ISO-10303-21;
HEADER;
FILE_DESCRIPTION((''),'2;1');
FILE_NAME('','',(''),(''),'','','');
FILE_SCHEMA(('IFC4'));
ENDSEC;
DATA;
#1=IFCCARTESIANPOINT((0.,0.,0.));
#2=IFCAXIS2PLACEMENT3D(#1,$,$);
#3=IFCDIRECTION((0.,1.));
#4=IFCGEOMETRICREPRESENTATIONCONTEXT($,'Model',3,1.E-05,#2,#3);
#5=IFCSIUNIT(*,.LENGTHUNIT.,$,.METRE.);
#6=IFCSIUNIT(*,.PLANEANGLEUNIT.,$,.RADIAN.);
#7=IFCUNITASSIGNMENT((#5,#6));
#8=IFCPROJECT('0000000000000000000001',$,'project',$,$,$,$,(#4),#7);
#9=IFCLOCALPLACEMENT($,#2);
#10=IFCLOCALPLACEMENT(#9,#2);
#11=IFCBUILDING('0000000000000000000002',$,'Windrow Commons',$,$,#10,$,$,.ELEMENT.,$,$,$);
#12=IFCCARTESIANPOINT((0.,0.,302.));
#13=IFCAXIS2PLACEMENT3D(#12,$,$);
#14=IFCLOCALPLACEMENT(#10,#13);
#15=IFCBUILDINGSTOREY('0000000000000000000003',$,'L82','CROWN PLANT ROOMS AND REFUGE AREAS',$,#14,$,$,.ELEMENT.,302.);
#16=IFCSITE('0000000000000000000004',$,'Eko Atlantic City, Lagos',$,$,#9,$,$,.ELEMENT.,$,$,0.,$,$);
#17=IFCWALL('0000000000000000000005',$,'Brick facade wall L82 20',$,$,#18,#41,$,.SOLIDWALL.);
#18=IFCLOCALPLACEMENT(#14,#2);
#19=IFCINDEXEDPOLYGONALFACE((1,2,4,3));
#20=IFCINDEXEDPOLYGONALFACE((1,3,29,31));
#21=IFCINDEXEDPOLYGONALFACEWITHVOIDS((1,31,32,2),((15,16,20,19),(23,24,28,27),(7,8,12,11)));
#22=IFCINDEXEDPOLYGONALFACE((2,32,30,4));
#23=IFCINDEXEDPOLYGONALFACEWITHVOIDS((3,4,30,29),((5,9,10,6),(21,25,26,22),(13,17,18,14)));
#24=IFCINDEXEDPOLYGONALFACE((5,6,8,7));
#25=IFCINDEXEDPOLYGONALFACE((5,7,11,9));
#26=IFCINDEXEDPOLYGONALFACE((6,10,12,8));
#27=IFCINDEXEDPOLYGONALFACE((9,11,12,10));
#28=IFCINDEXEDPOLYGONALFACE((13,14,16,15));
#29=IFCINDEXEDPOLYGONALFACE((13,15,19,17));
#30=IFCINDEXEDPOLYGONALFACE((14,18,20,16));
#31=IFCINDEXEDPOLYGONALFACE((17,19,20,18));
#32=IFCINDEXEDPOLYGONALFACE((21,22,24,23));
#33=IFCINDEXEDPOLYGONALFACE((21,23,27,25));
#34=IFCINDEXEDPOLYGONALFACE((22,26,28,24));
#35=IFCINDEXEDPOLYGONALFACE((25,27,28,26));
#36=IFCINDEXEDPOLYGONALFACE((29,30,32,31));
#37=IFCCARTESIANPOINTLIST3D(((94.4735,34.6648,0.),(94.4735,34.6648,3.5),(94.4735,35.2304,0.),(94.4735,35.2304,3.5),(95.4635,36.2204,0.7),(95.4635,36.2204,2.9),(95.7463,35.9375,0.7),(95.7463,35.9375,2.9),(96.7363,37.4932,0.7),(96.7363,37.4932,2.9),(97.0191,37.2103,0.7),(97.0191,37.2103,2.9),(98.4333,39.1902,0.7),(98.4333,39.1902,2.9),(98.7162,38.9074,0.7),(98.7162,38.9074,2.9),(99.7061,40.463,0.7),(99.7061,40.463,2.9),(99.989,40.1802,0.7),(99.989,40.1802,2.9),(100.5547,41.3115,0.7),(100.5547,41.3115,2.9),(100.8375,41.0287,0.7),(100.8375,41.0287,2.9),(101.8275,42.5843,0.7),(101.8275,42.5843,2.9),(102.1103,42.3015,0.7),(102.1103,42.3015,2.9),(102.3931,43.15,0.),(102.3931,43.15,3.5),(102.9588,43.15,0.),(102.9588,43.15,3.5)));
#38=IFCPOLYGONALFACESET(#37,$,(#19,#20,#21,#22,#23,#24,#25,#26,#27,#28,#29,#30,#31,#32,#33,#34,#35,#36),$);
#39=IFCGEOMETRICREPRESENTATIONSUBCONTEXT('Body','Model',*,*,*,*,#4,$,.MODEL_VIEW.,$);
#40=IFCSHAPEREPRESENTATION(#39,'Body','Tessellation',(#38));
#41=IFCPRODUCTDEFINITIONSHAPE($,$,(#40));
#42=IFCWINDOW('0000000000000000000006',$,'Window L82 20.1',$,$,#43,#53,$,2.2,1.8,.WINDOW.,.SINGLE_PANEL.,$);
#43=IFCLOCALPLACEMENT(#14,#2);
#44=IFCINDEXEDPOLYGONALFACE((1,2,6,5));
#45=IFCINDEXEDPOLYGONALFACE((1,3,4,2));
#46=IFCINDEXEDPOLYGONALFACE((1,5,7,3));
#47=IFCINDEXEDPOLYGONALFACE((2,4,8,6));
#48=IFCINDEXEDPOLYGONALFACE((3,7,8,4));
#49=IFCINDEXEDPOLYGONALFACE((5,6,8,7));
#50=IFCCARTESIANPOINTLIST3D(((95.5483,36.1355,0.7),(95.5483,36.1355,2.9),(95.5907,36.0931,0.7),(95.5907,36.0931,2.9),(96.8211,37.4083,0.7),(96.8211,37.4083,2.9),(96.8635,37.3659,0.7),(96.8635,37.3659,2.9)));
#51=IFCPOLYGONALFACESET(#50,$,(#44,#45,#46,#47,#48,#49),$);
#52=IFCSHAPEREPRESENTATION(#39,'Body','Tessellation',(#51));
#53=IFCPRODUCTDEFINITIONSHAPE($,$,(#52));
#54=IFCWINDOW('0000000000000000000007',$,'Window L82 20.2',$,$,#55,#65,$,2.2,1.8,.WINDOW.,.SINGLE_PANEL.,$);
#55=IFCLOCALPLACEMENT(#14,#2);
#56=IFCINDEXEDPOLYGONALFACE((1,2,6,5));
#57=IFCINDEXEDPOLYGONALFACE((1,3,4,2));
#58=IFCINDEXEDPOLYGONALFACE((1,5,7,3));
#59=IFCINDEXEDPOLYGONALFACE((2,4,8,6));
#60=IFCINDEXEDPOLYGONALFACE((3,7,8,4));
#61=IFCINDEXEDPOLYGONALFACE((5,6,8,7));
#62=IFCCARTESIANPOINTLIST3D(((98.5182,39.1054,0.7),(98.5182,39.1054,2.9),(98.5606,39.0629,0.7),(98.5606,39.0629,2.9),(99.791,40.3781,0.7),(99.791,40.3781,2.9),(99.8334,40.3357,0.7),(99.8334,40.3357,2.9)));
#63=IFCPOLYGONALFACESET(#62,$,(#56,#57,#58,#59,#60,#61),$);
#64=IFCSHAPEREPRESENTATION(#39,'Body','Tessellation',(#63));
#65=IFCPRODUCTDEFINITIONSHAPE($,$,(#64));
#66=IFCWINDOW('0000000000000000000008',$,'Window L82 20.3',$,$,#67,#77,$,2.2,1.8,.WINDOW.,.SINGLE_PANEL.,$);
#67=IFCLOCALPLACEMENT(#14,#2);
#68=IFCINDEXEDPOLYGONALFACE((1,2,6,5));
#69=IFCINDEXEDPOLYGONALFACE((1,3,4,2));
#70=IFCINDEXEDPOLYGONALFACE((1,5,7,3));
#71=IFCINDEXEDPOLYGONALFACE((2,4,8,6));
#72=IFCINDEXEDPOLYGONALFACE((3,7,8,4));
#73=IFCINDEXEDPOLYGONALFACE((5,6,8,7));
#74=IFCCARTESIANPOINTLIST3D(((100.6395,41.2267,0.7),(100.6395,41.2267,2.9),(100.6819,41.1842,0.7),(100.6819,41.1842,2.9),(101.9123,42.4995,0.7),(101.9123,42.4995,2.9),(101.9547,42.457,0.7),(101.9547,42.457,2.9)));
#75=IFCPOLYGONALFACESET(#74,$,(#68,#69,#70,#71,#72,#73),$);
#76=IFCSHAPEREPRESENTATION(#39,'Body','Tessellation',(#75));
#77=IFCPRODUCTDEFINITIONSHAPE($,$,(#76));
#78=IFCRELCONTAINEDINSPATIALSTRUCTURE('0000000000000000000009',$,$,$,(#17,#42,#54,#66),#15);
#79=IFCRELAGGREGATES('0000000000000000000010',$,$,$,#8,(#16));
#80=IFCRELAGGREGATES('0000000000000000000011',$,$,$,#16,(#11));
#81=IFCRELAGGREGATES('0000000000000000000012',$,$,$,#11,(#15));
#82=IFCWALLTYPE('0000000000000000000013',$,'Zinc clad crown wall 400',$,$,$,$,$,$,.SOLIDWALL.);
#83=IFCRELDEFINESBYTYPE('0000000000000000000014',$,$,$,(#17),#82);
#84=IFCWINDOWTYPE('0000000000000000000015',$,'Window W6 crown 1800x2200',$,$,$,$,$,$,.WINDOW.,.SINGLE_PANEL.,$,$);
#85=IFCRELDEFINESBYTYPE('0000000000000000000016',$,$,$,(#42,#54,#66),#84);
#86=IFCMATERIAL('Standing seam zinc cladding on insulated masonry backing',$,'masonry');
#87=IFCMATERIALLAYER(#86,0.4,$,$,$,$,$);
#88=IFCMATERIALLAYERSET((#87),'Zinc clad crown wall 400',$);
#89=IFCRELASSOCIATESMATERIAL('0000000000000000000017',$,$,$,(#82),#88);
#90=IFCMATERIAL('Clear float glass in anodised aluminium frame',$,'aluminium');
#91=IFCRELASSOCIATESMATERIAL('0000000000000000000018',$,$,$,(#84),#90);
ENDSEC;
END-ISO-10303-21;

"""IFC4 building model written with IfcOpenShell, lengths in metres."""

from ifc_helpers import new_model, si_unit, direction, frame, frame_2d, origin, place, context, subcontext, project, spatial, polyline, rectangle, outline, extrude, material, layer, layer_set, type_object, element, fill, save


model = new_model("IFC4")

# Units and contexts
model_context = context("Model", 3, precision=1e-05, world=origin(), true_north=direction((0.0, 1.0)))
body_context = subcontext(model_context, "Body", "Model", "MODEL_VIEW")
ifc_project = project(units=[si_unit("LENGTHUNIT", "METRE"), si_unit("PLANEANGLEUNIT", "RADIAN")], contexts=[model_context])

# Site, building, storey
site_placement = place(None, origin())
site = spatial("IfcSite", under=ifc_project, at=site_placement, Name="Eko Atlantic City, Lagos", CompositionType="ELEMENT", RefElevation=0.0)
building_placement = place(site_placement, origin())
building = spatial("IfcBuilding", under=site, at=building_placement, Name="Windrow Commons", CompositionType="ELEMENT")
storey_placement = place(building_placement, frame((0.0, 0.0, 302.0)))
storey = spatial("IfcBuildingStorey", under=building, at=storey_placement, Name="L82", Description="CROWN PLANT ROOMS AND REFUGE AREAS", CompositionType="ELEMENT", Elevation=302.0)

# Shared definitions
ifc_material_1 = material(Name="Standing seam zinc cladding on insulated masonry backing", Category="masonry")
ifc_layer_1 = layer(ifc_material_1, 0.4)
ifc_layer_set_1 = layer_set([ifc_layer_1], Name="Zinc clad crown wall 400")
wall_type_1 = type_object("IfcWallType", Name="Zinc clad crown wall 400", PredefinedType="SOLIDWALL", material=ifc_layer_set_1)
ifc_material_2 = material(Name="Clear float glass in anodised aluminium frame", Category="aluminium")
window_type = type_object("IfcWindowType", Name="Window W6 crown 1800x2200", PartitioningType="SINGLE_PANEL", PredefinedType="WINDOW", material=ifc_material_2)

# Wall, openings, windows
wall_1_placement = place(storey_placement, frame((94.4735, 34.9476, 0.0), z_axis=(0.0, 0.0, 1.0), x_axis=(0.707111, 0.707102, 0.0)))
wall_1 = element("IfcWall", 1, at=wall_1_placement, inside=storey, type_object=wall_type_1, Name="Brick facade wall L82 20", PredefinedType="SOLIDWALL", context=body_context, shape_type="SweptSolid", body=[
    extrude(outline(polyline([(-0.2, -0.2), (11.8, -0.2), (11.4, 0.2), (0.2, 0.2), (-0.2, -0.2)])), origin(), (0.0, 0.0, 1.0), 3.5),
])
opening_1_placement = place(wall_1_placement, frame((1.6, 0.0, 0.7)))
opening_1 = element("IfcOpeningElement", 2, at=opening_1_placement, cuts=wall_1, PredefinedType="OPENING", context=body_context, shape_type="SweptSolid", body=[
    extrude(rectangle(XDim=1.8, YDim=2.2, at=frame_2d((0.9, 1.1))), frame((0.0, 0.21, 0.0), z_axis=(0.0, -1.0, 0.0), x_axis=(1.0, 0.0, 0.0)), (0.0, 0.0, 1.0), 0.42),
])
opening_2_placement = place(wall_1_placement, frame((5.8, 0.0, 0.7)))
opening_2 = element("IfcOpeningElement", 3, at=opening_2_placement, cuts=wall_1, PredefinedType="OPENING", context=body_context, shape_type="SweptSolid", body=[
    extrude(rectangle(XDim=1.8, YDim=2.2, at=frame_2d((0.9, 1.1))), frame((0.0, 0.21, 0.0), z_axis=(0.0, -1.0, 0.0), x_axis=(1.0, 0.0, 0.0)), (0.0, 0.0, 1.0), 0.42),
])
opening_3_placement = place(wall_1_placement, frame((8.8, 0.0, 0.7)))
opening_3 = element("IfcOpeningElement", 4, at=opening_3_placement, cuts=wall_1, PredefinedType="OPENING", context=body_context, shape_type="SweptSolid", body=[
    extrude(rectangle(XDim=1.8, YDim=2.2, at=frame_2d((0.9, 1.1))), frame((0.0, 0.21, 0.0), z_axis=(0.0, -1.0, 0.0), x_axis=(1.0, 0.0, 0.0)), (0.0, 0.0, 1.0), 0.42),
])
window_1_placement = place(opening_1_placement, origin())
window_1 = element("IfcWindow", 5, at=window_1_placement, inside=storey, type_object=window_type, Name="Window L82 20.1", OverallHeight=2.2, OverallWidth=1.8, PartitioningType="SINGLE_PANEL", PredefinedType="WINDOW", context=body_context, shape_type="SweptSolid", body=[
    extrude(rectangle(XDim=1.8, YDim=2.2, at=frame_2d((0.9, 1.1))), frame((0.0, 0.08, 0.0), z_axis=(0.0, -1.0, 0.0), x_axis=(1.0, 0.0, 0.0)), (0.0, 0.0, 1.0), 0.06),
])
fill(opening_1, window_1)
window_2_placement = place(opening_2_placement, origin())
window_2 = element("IfcWindow", 6, at=window_2_placement, inside=storey, type_object=window_type, Name="Window L82 20.2", OverallHeight=2.2, OverallWidth=1.8, PartitioningType="SINGLE_PANEL", PredefinedType="WINDOW", context=body_context, shape_type="SweptSolid", body=[
    extrude(rectangle(XDim=1.8, YDim=2.2, at=frame_2d((0.9, 1.1))), frame((0.0, 0.08, 0.0), z_axis=(0.0, -1.0, 0.0), x_axis=(1.0, 0.0, 0.0)), (0.0, 0.0, 1.0), 0.06),
])
fill(opening_2, window_2)
window_3_placement = place(opening_3_placement, origin())
window_3 = element("IfcWindow", 7, at=window_3_placement, inside=storey, type_object=window_type, Name="Window L82 20.3", OverallHeight=2.2, OverallWidth=1.8, PartitioningType="SINGLE_PANEL", PredefinedType="WINDOW", context=body_context, shape_type="SweptSolid", body=[
    extrude(rectangle(XDim=1.8, YDim=2.2, at=frame_2d((0.9, 1.1))), frame((0.0, 0.08, 0.0), z_axis=(0.0, -1.0, 0.0), x_axis=(1.0, 0.0, 0.0)), (0.0, 0.0, 1.0), 0.06),
])
fill(opening_3, window_3)

save(model, "model.ifc")
